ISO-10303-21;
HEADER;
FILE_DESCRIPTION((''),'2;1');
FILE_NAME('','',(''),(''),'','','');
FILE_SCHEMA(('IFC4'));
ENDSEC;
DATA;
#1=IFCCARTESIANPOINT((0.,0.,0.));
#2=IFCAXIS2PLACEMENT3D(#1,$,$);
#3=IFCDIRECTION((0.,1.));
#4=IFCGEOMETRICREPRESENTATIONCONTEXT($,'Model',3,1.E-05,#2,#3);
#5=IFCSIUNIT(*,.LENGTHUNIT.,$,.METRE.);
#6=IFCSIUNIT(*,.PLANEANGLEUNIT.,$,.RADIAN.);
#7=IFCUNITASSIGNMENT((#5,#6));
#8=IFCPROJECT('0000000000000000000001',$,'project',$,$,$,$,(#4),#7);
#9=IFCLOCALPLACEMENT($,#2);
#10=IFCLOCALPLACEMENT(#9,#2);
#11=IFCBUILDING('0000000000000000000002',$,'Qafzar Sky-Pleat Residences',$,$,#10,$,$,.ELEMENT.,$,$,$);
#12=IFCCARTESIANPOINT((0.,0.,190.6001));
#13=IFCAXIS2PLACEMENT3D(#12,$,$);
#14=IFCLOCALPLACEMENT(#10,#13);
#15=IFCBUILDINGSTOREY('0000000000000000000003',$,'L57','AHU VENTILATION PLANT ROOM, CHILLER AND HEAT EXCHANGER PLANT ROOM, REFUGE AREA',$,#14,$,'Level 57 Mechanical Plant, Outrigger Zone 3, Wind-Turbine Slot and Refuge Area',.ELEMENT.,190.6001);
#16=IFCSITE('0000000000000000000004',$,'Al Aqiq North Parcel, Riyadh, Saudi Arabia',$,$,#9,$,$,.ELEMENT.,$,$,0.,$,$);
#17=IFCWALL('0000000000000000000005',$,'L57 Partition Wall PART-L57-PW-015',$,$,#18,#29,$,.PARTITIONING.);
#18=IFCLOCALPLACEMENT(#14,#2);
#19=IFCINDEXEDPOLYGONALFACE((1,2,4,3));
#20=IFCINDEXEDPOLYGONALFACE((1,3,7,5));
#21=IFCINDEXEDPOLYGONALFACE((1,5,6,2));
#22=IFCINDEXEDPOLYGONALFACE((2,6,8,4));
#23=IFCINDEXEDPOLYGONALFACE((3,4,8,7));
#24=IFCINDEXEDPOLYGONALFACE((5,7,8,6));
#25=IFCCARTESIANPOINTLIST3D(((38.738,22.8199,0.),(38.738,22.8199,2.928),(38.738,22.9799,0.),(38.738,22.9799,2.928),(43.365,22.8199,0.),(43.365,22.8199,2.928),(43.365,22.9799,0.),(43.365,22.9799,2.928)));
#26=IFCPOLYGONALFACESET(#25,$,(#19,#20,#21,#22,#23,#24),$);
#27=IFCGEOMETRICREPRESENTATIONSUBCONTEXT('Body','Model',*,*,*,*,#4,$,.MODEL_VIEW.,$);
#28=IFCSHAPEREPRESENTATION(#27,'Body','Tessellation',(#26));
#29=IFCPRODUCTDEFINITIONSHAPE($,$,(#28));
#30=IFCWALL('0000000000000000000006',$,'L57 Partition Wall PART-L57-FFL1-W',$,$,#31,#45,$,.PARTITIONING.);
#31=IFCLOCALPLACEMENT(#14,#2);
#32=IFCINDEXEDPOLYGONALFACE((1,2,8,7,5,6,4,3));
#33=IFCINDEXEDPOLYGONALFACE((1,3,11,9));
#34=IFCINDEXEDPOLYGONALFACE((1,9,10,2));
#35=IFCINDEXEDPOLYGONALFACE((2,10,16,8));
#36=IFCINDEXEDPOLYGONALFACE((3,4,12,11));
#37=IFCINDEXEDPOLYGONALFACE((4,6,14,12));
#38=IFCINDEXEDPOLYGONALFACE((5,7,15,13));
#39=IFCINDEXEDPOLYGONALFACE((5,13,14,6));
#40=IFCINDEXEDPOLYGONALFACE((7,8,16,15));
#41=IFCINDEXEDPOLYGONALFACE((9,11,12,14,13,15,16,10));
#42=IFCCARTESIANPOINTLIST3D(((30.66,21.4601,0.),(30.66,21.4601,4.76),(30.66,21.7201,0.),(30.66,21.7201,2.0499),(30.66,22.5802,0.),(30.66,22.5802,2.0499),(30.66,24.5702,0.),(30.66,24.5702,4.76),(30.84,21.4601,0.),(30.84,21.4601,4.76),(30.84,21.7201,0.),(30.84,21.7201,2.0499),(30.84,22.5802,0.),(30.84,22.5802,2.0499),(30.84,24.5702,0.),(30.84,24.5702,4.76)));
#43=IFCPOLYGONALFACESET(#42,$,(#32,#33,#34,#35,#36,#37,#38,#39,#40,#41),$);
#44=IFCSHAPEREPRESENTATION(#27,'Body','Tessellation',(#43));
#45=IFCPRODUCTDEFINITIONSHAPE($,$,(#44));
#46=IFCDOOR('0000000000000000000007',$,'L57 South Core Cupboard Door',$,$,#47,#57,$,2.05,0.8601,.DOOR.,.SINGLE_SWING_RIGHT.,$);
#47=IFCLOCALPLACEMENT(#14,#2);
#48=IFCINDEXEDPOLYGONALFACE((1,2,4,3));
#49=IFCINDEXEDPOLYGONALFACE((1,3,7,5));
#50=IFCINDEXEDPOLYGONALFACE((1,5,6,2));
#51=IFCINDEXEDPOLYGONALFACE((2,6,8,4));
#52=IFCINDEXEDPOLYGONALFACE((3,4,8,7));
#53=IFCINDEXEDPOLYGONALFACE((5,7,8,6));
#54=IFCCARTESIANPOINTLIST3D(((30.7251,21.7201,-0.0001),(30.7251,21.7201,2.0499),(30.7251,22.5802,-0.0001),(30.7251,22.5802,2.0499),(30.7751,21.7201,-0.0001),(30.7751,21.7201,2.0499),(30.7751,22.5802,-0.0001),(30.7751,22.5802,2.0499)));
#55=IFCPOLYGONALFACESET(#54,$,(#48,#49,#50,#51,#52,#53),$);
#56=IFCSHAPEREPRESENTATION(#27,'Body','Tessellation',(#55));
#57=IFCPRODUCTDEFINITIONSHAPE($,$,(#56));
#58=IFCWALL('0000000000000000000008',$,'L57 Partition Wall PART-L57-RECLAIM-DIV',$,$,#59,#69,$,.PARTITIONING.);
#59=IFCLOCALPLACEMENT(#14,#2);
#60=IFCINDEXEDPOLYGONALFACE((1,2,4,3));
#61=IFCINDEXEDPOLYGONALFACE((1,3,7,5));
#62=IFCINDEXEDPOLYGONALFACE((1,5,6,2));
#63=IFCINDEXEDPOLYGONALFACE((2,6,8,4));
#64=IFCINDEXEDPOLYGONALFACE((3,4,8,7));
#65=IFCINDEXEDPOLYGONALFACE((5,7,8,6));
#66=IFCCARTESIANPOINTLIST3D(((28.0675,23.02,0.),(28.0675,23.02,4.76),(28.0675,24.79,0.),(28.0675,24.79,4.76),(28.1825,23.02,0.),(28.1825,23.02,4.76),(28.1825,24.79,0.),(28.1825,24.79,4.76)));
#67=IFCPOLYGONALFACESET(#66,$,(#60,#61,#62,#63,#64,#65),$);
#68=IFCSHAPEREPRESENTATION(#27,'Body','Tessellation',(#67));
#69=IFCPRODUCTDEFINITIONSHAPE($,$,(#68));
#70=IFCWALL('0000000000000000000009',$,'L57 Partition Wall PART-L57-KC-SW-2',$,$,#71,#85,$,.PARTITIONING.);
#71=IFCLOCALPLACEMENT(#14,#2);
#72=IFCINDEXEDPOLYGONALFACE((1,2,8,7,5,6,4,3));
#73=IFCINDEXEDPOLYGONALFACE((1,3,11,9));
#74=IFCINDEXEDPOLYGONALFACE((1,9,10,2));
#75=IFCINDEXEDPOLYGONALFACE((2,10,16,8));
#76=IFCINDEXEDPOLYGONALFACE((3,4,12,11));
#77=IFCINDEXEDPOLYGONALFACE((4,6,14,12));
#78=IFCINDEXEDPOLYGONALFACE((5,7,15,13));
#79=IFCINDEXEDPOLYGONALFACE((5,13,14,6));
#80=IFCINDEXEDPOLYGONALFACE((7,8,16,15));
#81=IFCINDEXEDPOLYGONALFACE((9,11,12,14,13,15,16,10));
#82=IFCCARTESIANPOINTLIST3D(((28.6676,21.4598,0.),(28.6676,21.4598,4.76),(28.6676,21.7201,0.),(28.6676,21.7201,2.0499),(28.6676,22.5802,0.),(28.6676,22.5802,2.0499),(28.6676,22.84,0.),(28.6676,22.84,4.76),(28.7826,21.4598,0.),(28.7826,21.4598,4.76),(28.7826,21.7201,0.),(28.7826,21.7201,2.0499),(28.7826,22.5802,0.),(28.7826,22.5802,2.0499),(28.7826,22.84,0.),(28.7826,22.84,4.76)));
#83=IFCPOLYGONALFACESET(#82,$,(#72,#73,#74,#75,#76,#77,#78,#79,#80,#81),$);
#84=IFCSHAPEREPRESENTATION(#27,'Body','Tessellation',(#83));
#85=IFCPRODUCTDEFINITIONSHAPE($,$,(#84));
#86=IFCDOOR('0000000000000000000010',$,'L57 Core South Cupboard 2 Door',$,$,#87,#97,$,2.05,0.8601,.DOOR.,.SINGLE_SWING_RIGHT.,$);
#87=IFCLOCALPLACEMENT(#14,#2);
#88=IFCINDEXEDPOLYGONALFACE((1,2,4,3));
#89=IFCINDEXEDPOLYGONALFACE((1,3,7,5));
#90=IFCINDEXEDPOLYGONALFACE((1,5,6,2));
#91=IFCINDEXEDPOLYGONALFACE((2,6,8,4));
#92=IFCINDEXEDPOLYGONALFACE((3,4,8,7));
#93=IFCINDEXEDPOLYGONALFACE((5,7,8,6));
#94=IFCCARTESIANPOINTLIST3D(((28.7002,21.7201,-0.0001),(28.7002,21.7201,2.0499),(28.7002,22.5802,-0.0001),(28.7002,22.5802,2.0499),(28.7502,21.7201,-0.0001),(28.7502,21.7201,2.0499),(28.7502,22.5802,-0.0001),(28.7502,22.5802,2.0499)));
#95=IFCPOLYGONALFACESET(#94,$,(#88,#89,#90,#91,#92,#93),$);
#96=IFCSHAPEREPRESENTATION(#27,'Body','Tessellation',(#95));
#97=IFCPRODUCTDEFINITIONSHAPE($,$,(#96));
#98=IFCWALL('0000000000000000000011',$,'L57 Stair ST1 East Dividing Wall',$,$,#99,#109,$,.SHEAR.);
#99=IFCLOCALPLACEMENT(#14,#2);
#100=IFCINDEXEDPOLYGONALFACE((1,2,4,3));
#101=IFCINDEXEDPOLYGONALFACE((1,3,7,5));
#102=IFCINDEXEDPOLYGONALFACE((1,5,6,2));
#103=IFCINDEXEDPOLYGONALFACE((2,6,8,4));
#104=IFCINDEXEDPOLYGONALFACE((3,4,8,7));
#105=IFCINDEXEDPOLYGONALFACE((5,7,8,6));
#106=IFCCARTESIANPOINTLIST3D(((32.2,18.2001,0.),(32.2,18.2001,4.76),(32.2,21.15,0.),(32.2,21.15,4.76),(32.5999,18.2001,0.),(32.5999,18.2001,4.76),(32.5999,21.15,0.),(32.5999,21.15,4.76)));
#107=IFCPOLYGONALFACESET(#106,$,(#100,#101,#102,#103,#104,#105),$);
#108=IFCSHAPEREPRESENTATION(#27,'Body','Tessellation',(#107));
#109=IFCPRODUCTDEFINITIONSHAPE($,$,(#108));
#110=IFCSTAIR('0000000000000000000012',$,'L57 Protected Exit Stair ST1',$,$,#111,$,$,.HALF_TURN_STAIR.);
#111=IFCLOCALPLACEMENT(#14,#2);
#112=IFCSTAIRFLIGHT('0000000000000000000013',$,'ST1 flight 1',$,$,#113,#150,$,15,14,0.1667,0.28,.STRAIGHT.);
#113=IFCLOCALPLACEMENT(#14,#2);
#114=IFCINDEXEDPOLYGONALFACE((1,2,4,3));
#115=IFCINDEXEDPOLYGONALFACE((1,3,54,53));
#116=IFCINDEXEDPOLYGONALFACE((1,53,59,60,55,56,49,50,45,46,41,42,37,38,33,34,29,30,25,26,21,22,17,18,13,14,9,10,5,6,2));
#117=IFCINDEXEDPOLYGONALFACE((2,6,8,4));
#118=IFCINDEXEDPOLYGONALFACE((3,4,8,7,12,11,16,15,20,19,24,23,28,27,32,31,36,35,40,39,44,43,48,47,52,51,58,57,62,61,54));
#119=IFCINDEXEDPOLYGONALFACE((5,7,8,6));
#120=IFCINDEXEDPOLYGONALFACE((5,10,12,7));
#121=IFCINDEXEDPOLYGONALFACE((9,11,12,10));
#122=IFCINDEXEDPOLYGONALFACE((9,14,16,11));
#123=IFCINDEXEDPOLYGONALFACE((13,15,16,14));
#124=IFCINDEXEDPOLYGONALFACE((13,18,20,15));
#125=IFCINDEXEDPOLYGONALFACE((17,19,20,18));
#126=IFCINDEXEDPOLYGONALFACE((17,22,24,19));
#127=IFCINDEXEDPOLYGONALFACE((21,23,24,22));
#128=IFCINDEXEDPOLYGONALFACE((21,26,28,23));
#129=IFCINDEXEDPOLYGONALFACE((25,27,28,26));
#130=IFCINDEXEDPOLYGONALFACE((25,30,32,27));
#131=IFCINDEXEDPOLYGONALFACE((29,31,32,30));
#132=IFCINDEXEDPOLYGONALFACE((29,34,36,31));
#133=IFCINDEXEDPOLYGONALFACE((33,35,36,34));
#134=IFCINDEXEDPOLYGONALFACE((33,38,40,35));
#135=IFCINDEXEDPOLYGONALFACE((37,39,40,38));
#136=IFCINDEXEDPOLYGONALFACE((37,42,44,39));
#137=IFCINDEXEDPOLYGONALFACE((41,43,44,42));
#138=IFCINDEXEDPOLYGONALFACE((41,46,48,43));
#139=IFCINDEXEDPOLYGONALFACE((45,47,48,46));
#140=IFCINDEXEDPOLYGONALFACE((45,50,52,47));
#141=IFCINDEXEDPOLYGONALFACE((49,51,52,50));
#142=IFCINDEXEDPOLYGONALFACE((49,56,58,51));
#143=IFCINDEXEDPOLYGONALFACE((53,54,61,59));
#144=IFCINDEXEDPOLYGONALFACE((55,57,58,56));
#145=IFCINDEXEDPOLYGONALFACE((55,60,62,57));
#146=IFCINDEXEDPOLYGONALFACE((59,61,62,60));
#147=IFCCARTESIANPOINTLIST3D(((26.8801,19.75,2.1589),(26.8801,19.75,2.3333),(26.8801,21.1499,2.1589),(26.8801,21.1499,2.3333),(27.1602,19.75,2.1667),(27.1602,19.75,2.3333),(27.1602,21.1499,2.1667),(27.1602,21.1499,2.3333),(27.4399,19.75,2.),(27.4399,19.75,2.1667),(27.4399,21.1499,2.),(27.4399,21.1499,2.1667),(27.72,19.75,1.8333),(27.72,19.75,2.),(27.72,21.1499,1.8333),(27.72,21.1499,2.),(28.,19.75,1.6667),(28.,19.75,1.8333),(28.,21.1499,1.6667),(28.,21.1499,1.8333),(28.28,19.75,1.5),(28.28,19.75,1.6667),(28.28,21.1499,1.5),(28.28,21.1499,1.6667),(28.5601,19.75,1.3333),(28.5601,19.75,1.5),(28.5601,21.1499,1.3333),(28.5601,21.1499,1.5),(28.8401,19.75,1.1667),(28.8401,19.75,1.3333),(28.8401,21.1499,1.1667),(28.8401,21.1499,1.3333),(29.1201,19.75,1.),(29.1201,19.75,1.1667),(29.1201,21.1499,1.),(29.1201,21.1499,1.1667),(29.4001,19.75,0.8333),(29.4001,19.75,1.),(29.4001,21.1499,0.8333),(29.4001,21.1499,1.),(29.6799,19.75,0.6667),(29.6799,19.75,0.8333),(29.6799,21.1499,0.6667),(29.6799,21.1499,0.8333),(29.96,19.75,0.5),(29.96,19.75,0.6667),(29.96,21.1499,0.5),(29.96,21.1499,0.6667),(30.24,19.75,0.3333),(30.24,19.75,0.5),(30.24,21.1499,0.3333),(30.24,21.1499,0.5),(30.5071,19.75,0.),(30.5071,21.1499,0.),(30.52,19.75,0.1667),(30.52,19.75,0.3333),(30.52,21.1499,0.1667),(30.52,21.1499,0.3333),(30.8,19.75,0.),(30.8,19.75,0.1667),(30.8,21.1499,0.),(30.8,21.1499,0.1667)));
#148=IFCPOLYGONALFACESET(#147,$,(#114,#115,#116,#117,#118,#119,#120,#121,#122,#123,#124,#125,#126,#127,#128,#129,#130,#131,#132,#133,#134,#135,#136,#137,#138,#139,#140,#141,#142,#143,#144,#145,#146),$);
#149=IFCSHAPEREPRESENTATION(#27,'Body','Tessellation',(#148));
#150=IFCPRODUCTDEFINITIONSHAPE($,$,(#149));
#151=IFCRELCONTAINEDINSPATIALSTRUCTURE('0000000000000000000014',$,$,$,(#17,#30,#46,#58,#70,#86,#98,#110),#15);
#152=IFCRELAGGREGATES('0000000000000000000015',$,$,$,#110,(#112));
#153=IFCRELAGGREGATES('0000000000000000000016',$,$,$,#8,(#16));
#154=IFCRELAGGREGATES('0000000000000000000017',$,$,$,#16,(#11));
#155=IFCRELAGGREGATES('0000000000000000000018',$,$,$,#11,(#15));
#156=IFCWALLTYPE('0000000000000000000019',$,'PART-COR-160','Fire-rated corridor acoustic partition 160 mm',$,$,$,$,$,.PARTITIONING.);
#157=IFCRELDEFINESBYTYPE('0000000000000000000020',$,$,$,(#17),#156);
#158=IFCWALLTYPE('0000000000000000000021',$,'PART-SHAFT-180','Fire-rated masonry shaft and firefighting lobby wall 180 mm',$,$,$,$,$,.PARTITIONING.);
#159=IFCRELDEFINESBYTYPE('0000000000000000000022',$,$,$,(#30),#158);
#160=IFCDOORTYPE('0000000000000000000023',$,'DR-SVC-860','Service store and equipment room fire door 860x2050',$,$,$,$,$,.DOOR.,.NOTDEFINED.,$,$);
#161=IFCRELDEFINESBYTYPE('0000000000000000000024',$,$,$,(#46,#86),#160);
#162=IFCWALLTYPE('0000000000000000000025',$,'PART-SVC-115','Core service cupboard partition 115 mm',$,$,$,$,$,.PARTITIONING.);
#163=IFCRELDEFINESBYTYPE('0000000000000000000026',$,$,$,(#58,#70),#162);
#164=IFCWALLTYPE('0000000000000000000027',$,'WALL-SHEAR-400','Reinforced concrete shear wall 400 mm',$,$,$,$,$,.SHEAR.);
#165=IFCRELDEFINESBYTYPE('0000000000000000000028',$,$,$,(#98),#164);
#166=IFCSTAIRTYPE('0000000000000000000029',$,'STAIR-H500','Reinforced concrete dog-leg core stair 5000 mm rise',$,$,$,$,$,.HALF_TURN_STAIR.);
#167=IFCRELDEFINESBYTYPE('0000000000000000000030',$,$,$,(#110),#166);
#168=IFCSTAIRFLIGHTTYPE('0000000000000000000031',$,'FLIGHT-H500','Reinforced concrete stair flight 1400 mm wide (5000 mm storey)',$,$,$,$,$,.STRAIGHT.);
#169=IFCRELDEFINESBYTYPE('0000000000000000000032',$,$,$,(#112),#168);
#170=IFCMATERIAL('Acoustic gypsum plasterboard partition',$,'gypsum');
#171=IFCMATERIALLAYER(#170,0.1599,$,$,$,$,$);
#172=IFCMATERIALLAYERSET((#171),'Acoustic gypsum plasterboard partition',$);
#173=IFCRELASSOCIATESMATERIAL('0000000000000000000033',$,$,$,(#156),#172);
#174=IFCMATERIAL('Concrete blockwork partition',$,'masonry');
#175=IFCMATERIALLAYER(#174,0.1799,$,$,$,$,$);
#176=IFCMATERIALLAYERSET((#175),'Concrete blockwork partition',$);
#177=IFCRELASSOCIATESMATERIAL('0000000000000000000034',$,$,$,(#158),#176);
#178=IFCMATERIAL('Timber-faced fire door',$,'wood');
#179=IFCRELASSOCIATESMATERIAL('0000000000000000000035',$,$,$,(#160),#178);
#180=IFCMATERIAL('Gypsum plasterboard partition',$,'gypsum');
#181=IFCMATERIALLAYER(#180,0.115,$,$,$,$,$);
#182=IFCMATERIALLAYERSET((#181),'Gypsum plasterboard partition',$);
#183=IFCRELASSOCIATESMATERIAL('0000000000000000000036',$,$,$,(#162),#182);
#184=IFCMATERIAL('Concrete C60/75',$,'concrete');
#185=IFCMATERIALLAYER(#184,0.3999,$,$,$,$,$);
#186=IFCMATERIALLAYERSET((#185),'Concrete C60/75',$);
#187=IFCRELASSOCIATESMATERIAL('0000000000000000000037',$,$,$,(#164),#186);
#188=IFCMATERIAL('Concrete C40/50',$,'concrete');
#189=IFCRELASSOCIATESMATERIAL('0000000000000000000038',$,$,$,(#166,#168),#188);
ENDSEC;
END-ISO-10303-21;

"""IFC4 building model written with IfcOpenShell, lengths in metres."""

from ifc_helpers import new_model, si_unit, direction, frame, frame_2d, origin, place, context, subcontext, project, spatial, polyline, rectangle, outline, extrude, source, transform, mapped, material, layer, layer_set, type_object, element, fill, aggregate, save


model = new_model("IFC4")

# Units and contexts
model_context = context("Model", 3, precision=1e-05, world=origin(), true_north=direction((0.0, 1.0)))
body_context = subcontext(model_context, "Body", "Model", "MODEL_VIEW")
ifc_project = project(units=[si_unit("LENGTHUNIT", "METRE"), si_unit("PLANEANGLEUNIT", "RADIAN")], contexts=[model_context])

# Site, building, storey
site_placement = place(None, origin())
site = spatial("IfcSite", under=ifc_project, at=site_placement, Name="Al Aqiq North Parcel, Riyadh, Saudi Arabia", CompositionType="ELEMENT", RefElevation=0.0)
building_placement = place(site_placement, origin())
building = spatial("IfcBuilding", under=site, at=building_placement, Name="Qafzar Sky-Pleat Residences", CompositionType="ELEMENT")
storey_placement = place(building_placement, frame((0.0, 0.0, 190.6001)))
storey = spatial("IfcBuildingStorey", under=building, at=storey_placement, Name="L57", Description="AHU VENTILATION PLANT ROOM, CHILLER AND HEAT EXCHANGER PLANT ROOM, REFUGE AREA", LongName="Level 57 Mechanical Plant, Outrigger Zone 3, Wind-Turbine Slot and Refuge Area", CompositionType="ELEMENT", Elevation=190.6001)

# Shared definitions
ifc_material_1 = material(Name="Acoustic gypsum plasterboard partition", Category="gypsum")
ifc_layer_1 = layer(ifc_material_1, 0.1599)
ifc_layer_set_1 = layer_set([ifc_layer_1], Name="Acoustic gypsum plasterboard partition")
wall_type_1 = type_object("IfcWallType", Name="PART-COR-160", Description="Fire-rated corridor acoustic partition 160 mm", PredefinedType="PARTITIONING", material=ifc_layer_set_1)
ifc_material_2 = material(Name="Timber-faced fire door", Category="wood")

# Wall
wall_1_placement = place(storey_placement, frame((38.738, 22.8999, 0.0), z_axis=(0.0, 0.0, 1.0), x_axis=(1.0, 0.0, 0.0)))
element("IfcWall", 1, at=wall_1_placement, inside=storey, type_object=wall_type_1, Name="L57 Partition Wall PART-L57-PW-015", PredefinedType="PARTITIONING", context=body_context, shape_type="SweptSolid", body=[
    extrude(rectangle(XDim=4.627, YDim=0.1599, at=frame_2d((2.3135, 0.0))), origin(), (0.0, 0.0, 1.0), 2.928),
])

# Wall, opening, door
ifc_material_3 = material(Name="Concrete blockwork partition", Category="masonry")
ifc_layer_2 = layer(ifc_material_3, 0.1799)
ifc_layer_set_2 = layer_set([ifc_layer_2], Name="Concrete blockwork partition")
wall_type_2 = type_object("IfcWallType", Name="PART-SHAFT-180", Description="Fire-rated masonry shaft and firefighting lobby wall 180 mm", PredefinedType="PARTITIONING", material=ifc_layer_set_2)
wall_2_placement = place(storey_placement, frame((30.75, 21.46, 0.0), z_axis=(0.0, 0.0, 1.0), x_axis=(0.0, 1.0, 0.0)))
wall_2 = element("IfcWall", 2, at=wall_2_placement, inside=storey, type_object=wall_type_2, Name="L57 Partition Wall PART-L57-FFL1-W", PredefinedType="PARTITIONING", context=body_context, shape_type="SweptSolid", body=[
    extrude(rectangle(XDim=3.1101, YDim=0.1799, at=frame_2d((1.5552, 0.0))), origin(), (0.0, 0.0, 1.0), 4.76),
])
opening_1_placement = place(wall_2_placement, frame((0.26, 0.0, 0.0)))
opening_1 = element("IfcOpeningElement", 3, at=opening_1_placement, cuts=wall_2, PredefinedType="OPENING", context=body_context, shape_type="SweptSolid", body=[
    extrude(rectangle(XDim=0.8601, YDim=2.05, at=frame_2d((0.4302, 1.0249))), frame((0.0, 0.1001, 0.0), z_axis=(0.0, -1.0, 0.0), x_axis=(1.0, 0.0, 0.0)), (0.0, 0.0, 1.0), 0.2),
])
door_type_1 = type_object("IfcDoorType", Name="DR-SVC-860", Description="Service store and equipment room fire door 860x2050", OperationType="NOTDEFINED", PredefinedType="DOOR", material=ifc_material_2)
shared_shape_1 = source(origin(), body_context, "Body", "SweptSolid", [
    extrude(rectangle(XDim=0.8601, YDim=2.05, at=frame_2d((0.4302, 1.0249))), frame((0.0, 0.0249, 0.0), z_axis=(0.0, -1.0, 0.0), x_axis=(1.0, 0.0, 0.0)), (0.0, 0.0, 1.0), 0.05),
])
door_1_placement = place(opening_1_placement, origin())
door_1 = element("IfcDoor", 4, at=door_1_placement, inside=storey, type_object=door_type_1, Name="L57 South Core Cupboard Door", OperationType="SINGLE_SWING_RIGHT", OverallHeight=2.05, OverallWidth=0.8601, PredefinedType="DOOR", context=body_context, shape_type="MappedRepresentation", body=[
    mapped(shared_shape_1, transform((0.0, 0.0, 0.0), x_axis=(1.0, 0.0, 0.0), y_axis=(0.0, 1.0, 0.0), z_axis=(0.0, 0.0, 1.0), scale=1.0)),
])
fill(opening_1, door_1)

# Wall
ifc_material_4 = material(Name="Gypsum plasterboard partition", Category="gypsum")
ifc_layer_3 = layer(ifc_material_4, 0.115)
ifc_layer_set_3 = layer_set([ifc_layer_3], Name="Gypsum plasterboard partition")
wall_type_3 = type_object("IfcWallType", Name="PART-SVC-115", Description="Core service cupboard partition 115 mm", PredefinedType="PARTITIONING", material=ifc_layer_set_3)
wall_3_placement = place(storey_placement, frame((28.125, 23.02, 0.0), z_axis=(0.0, 0.0, 1.0), x_axis=(0.0, 1.0, 0.0)))
element("IfcWall", 5, at=wall_3_placement, inside=storey, type_object=wall_type_3, Name="L57 Partition Wall PART-L57-RECLAIM-DIV", PredefinedType="PARTITIONING", context=body_context, shape_type="SweptSolid", body=[
    extrude(rectangle(XDim=1.77, YDim=0.115, at=frame_2d((0.885, 0.0))), origin(), (0.0, 0.0, 1.0), 4.76),
])

# Wall, opening, door
wall_4_placement = place(storey_placement, frame((28.7251, 21.46, 0.0), z_axis=(0.0, 0.0, 1.0), x_axis=(0.0, 1.0, 0.0)))
wall_4 = element("IfcWall", 6, at=wall_4_placement, inside=storey, type_object=wall_type_3, Name="L57 Partition Wall PART-L57-KC-SW-2", PredefinedType="PARTITIONING", context=body_context, shape_type="SweptSolid", body=[
    extrude(rectangle(XDim=1.3801, YDim=0.115, at=frame_2d((0.6899, 0.0))), origin(), (0.0, 0.0, 1.0), 4.76),
])
opening_2_placement = place(wall_4_placement, frame((0.26, 0.0, 0.0)))
opening_2 = element("IfcOpeningElement", 7, at=opening_2_placement, cuts=wall_4, PredefinedType="OPENING", context=body_context, shape_type="SweptSolid", body=[
    extrude(rectangle(XDim=0.8601, YDim=2.05, at=frame_2d((0.4302, 1.0249))), frame((0.0, 0.0674, 0.0), z_axis=(0.0, -1.0, 0.0), x_axis=(1.0, 0.0, 0.0)), (0.0, 0.0, 1.0), 0.135),
])
door_2_placement = place(opening_2_placement, origin())
door_2 = element("IfcDoor", 8, at=door_2_placement, inside=storey, type_object=door_type_1, Name="L57 Core South Cupboard 2 Door", OperationType="SINGLE_SWING_RIGHT", OverallHeight=2.05, OverallWidth=0.8601, PredefinedType="DOOR", context=body_context, shape_type="MappedRepresentation", body=[
    mapped(shared_shape_1, transform((0.0, 0.0, 0.0), x_axis=(1.0, 0.0, 0.0), y_axis=(0.0, 1.0, 0.0), z_axis=(0.0, 0.0, 1.0), scale=1.0)),
])
fill(opening_2, door_2)

# Wall
ifc_material_5 = material(Name="Concrete C60/75", Category="concrete")
ifc_layer_4 = layer(ifc_material_5, 0.3999)
ifc_layer_set_4 = layer_set([ifc_layer_4], Name="Concrete C60/75")
wall_type_4 = type_object("IfcWallType", Name="WALL-SHEAR-400", Description="Reinforced concrete shear wall 400 mm", PredefinedType="SHEAR", material=ifc_layer_set_4)
wall_5_placement = place(storey_placement, frame((32.3999, 18.2, 0.0), z_axis=(0.0, 0.0, 1.0), x_axis=(0.0, 1.0, 0.0)))
element("IfcWall", 9, at=wall_5_placement, inside=storey, type_object=wall_type_4, Name="L57 Stair ST1 East Dividing Wall", PredefinedType="SHEAR", context=body_context, shape_type="SweptSolid", body=[
    extrude(rectangle(XDim=2.95, YDim=0.3999, at=frame_2d((1.4751, 0.0))), origin(), (0.0, 0.0, 1.0), 4.76),
])

# Stair, stair flight
ifc_material_6 = material(Name="Concrete C40/50", Category="concrete")
stair_type = type_object("IfcStairType", Name="STAIR-H500", Description="Reinforced concrete dog-leg core stair 5000 mm rise", PredefinedType="HALF_TURN_STAIR", material=ifc_material_6)
stair_placement = place(storey_placement, origin())
stair = element("IfcStair", 10, at=stair_placement, inside=storey, type_object=stair_type, Name="L57 Protected Exit Stair ST1", PredefinedType="HALF_TURN_STAIR")
stair_flight_type = type_object("IfcStairFlightType", Name="FLIGHT-H500", Description="Reinforced concrete stair flight 1400 mm wide (5000 mm storey)", PredefinedType="STRAIGHT", material=ifc_material_6)
shared_shape_2 = source(origin(), body_context, "Body", "SweptSolid", [
    extrude(outline(polyline([(0.0, 0.0), (0.0, 0.1667), (0.28, 0.1667), (0.28, 0.3333), (0.5601, 0.3333), (0.5601, 0.5), (0.8401, 0.5), (0.8401, 0.6667), (1.1201, 0.6667), (1.1201, 0.8333), (1.3999, 0.8333), (1.3999, 1.0), (1.6799, 1.0), (1.6799, 1.1667), (1.96, 1.1667), (1.96, 1.3333), (2.24, 1.3333), (2.24, 1.5), (2.52, 1.5), (2.52, 1.6667), (2.8, 1.6667), (2.8, 1.8333), (3.0801, 1.8333), (3.0801, 2.0), (3.3601, 2.0), (3.3601, 2.1667), (3.6399, 2.1667), (3.6399, 2.3333), (3.9199, 2.3333), (3.9199, 2.5), (3.9199, 2.1589), (0.293, 0.0), (0.0, 0.0)])), frame((0.0, 0.7, 0.0), z_axis=(0.0, -1.0, 0.0), x_axis=(1.0, 0.0, 0.0)), (0.0, 0.0, 1.0), 1.3999),
])
stair_flight_placement = place(storey_placement, frame((30.8, 20.45, 0.0), z_axis=(0.0, 0.0, 1.0), x_axis=(-1.0, 0.0, 0.0)))
stair_flight = element("IfcStairFlight", 11, at=stair_flight_placement, type_object=stair_flight_type, Name="ST1 flight 1", NumberOfRisers=15, NumberOfTreads=14, PredefinedType="STRAIGHT", RiserHeight=0.1667, TreadLength=0.28, context=body_context, shape_type="MappedRepresentation", body=[
    mapped(shared_shape_2, transform((0.0, 0.0, 0.0), x_axis=(1.0, 0.0, 0.0), y_axis=(0.0, 1.0, 0.0), z_axis=(0.0, 0.0, 1.0), scale=1.0)),
])
aggregate(stair, [stair_flight])

save(model, "model.ifc")
